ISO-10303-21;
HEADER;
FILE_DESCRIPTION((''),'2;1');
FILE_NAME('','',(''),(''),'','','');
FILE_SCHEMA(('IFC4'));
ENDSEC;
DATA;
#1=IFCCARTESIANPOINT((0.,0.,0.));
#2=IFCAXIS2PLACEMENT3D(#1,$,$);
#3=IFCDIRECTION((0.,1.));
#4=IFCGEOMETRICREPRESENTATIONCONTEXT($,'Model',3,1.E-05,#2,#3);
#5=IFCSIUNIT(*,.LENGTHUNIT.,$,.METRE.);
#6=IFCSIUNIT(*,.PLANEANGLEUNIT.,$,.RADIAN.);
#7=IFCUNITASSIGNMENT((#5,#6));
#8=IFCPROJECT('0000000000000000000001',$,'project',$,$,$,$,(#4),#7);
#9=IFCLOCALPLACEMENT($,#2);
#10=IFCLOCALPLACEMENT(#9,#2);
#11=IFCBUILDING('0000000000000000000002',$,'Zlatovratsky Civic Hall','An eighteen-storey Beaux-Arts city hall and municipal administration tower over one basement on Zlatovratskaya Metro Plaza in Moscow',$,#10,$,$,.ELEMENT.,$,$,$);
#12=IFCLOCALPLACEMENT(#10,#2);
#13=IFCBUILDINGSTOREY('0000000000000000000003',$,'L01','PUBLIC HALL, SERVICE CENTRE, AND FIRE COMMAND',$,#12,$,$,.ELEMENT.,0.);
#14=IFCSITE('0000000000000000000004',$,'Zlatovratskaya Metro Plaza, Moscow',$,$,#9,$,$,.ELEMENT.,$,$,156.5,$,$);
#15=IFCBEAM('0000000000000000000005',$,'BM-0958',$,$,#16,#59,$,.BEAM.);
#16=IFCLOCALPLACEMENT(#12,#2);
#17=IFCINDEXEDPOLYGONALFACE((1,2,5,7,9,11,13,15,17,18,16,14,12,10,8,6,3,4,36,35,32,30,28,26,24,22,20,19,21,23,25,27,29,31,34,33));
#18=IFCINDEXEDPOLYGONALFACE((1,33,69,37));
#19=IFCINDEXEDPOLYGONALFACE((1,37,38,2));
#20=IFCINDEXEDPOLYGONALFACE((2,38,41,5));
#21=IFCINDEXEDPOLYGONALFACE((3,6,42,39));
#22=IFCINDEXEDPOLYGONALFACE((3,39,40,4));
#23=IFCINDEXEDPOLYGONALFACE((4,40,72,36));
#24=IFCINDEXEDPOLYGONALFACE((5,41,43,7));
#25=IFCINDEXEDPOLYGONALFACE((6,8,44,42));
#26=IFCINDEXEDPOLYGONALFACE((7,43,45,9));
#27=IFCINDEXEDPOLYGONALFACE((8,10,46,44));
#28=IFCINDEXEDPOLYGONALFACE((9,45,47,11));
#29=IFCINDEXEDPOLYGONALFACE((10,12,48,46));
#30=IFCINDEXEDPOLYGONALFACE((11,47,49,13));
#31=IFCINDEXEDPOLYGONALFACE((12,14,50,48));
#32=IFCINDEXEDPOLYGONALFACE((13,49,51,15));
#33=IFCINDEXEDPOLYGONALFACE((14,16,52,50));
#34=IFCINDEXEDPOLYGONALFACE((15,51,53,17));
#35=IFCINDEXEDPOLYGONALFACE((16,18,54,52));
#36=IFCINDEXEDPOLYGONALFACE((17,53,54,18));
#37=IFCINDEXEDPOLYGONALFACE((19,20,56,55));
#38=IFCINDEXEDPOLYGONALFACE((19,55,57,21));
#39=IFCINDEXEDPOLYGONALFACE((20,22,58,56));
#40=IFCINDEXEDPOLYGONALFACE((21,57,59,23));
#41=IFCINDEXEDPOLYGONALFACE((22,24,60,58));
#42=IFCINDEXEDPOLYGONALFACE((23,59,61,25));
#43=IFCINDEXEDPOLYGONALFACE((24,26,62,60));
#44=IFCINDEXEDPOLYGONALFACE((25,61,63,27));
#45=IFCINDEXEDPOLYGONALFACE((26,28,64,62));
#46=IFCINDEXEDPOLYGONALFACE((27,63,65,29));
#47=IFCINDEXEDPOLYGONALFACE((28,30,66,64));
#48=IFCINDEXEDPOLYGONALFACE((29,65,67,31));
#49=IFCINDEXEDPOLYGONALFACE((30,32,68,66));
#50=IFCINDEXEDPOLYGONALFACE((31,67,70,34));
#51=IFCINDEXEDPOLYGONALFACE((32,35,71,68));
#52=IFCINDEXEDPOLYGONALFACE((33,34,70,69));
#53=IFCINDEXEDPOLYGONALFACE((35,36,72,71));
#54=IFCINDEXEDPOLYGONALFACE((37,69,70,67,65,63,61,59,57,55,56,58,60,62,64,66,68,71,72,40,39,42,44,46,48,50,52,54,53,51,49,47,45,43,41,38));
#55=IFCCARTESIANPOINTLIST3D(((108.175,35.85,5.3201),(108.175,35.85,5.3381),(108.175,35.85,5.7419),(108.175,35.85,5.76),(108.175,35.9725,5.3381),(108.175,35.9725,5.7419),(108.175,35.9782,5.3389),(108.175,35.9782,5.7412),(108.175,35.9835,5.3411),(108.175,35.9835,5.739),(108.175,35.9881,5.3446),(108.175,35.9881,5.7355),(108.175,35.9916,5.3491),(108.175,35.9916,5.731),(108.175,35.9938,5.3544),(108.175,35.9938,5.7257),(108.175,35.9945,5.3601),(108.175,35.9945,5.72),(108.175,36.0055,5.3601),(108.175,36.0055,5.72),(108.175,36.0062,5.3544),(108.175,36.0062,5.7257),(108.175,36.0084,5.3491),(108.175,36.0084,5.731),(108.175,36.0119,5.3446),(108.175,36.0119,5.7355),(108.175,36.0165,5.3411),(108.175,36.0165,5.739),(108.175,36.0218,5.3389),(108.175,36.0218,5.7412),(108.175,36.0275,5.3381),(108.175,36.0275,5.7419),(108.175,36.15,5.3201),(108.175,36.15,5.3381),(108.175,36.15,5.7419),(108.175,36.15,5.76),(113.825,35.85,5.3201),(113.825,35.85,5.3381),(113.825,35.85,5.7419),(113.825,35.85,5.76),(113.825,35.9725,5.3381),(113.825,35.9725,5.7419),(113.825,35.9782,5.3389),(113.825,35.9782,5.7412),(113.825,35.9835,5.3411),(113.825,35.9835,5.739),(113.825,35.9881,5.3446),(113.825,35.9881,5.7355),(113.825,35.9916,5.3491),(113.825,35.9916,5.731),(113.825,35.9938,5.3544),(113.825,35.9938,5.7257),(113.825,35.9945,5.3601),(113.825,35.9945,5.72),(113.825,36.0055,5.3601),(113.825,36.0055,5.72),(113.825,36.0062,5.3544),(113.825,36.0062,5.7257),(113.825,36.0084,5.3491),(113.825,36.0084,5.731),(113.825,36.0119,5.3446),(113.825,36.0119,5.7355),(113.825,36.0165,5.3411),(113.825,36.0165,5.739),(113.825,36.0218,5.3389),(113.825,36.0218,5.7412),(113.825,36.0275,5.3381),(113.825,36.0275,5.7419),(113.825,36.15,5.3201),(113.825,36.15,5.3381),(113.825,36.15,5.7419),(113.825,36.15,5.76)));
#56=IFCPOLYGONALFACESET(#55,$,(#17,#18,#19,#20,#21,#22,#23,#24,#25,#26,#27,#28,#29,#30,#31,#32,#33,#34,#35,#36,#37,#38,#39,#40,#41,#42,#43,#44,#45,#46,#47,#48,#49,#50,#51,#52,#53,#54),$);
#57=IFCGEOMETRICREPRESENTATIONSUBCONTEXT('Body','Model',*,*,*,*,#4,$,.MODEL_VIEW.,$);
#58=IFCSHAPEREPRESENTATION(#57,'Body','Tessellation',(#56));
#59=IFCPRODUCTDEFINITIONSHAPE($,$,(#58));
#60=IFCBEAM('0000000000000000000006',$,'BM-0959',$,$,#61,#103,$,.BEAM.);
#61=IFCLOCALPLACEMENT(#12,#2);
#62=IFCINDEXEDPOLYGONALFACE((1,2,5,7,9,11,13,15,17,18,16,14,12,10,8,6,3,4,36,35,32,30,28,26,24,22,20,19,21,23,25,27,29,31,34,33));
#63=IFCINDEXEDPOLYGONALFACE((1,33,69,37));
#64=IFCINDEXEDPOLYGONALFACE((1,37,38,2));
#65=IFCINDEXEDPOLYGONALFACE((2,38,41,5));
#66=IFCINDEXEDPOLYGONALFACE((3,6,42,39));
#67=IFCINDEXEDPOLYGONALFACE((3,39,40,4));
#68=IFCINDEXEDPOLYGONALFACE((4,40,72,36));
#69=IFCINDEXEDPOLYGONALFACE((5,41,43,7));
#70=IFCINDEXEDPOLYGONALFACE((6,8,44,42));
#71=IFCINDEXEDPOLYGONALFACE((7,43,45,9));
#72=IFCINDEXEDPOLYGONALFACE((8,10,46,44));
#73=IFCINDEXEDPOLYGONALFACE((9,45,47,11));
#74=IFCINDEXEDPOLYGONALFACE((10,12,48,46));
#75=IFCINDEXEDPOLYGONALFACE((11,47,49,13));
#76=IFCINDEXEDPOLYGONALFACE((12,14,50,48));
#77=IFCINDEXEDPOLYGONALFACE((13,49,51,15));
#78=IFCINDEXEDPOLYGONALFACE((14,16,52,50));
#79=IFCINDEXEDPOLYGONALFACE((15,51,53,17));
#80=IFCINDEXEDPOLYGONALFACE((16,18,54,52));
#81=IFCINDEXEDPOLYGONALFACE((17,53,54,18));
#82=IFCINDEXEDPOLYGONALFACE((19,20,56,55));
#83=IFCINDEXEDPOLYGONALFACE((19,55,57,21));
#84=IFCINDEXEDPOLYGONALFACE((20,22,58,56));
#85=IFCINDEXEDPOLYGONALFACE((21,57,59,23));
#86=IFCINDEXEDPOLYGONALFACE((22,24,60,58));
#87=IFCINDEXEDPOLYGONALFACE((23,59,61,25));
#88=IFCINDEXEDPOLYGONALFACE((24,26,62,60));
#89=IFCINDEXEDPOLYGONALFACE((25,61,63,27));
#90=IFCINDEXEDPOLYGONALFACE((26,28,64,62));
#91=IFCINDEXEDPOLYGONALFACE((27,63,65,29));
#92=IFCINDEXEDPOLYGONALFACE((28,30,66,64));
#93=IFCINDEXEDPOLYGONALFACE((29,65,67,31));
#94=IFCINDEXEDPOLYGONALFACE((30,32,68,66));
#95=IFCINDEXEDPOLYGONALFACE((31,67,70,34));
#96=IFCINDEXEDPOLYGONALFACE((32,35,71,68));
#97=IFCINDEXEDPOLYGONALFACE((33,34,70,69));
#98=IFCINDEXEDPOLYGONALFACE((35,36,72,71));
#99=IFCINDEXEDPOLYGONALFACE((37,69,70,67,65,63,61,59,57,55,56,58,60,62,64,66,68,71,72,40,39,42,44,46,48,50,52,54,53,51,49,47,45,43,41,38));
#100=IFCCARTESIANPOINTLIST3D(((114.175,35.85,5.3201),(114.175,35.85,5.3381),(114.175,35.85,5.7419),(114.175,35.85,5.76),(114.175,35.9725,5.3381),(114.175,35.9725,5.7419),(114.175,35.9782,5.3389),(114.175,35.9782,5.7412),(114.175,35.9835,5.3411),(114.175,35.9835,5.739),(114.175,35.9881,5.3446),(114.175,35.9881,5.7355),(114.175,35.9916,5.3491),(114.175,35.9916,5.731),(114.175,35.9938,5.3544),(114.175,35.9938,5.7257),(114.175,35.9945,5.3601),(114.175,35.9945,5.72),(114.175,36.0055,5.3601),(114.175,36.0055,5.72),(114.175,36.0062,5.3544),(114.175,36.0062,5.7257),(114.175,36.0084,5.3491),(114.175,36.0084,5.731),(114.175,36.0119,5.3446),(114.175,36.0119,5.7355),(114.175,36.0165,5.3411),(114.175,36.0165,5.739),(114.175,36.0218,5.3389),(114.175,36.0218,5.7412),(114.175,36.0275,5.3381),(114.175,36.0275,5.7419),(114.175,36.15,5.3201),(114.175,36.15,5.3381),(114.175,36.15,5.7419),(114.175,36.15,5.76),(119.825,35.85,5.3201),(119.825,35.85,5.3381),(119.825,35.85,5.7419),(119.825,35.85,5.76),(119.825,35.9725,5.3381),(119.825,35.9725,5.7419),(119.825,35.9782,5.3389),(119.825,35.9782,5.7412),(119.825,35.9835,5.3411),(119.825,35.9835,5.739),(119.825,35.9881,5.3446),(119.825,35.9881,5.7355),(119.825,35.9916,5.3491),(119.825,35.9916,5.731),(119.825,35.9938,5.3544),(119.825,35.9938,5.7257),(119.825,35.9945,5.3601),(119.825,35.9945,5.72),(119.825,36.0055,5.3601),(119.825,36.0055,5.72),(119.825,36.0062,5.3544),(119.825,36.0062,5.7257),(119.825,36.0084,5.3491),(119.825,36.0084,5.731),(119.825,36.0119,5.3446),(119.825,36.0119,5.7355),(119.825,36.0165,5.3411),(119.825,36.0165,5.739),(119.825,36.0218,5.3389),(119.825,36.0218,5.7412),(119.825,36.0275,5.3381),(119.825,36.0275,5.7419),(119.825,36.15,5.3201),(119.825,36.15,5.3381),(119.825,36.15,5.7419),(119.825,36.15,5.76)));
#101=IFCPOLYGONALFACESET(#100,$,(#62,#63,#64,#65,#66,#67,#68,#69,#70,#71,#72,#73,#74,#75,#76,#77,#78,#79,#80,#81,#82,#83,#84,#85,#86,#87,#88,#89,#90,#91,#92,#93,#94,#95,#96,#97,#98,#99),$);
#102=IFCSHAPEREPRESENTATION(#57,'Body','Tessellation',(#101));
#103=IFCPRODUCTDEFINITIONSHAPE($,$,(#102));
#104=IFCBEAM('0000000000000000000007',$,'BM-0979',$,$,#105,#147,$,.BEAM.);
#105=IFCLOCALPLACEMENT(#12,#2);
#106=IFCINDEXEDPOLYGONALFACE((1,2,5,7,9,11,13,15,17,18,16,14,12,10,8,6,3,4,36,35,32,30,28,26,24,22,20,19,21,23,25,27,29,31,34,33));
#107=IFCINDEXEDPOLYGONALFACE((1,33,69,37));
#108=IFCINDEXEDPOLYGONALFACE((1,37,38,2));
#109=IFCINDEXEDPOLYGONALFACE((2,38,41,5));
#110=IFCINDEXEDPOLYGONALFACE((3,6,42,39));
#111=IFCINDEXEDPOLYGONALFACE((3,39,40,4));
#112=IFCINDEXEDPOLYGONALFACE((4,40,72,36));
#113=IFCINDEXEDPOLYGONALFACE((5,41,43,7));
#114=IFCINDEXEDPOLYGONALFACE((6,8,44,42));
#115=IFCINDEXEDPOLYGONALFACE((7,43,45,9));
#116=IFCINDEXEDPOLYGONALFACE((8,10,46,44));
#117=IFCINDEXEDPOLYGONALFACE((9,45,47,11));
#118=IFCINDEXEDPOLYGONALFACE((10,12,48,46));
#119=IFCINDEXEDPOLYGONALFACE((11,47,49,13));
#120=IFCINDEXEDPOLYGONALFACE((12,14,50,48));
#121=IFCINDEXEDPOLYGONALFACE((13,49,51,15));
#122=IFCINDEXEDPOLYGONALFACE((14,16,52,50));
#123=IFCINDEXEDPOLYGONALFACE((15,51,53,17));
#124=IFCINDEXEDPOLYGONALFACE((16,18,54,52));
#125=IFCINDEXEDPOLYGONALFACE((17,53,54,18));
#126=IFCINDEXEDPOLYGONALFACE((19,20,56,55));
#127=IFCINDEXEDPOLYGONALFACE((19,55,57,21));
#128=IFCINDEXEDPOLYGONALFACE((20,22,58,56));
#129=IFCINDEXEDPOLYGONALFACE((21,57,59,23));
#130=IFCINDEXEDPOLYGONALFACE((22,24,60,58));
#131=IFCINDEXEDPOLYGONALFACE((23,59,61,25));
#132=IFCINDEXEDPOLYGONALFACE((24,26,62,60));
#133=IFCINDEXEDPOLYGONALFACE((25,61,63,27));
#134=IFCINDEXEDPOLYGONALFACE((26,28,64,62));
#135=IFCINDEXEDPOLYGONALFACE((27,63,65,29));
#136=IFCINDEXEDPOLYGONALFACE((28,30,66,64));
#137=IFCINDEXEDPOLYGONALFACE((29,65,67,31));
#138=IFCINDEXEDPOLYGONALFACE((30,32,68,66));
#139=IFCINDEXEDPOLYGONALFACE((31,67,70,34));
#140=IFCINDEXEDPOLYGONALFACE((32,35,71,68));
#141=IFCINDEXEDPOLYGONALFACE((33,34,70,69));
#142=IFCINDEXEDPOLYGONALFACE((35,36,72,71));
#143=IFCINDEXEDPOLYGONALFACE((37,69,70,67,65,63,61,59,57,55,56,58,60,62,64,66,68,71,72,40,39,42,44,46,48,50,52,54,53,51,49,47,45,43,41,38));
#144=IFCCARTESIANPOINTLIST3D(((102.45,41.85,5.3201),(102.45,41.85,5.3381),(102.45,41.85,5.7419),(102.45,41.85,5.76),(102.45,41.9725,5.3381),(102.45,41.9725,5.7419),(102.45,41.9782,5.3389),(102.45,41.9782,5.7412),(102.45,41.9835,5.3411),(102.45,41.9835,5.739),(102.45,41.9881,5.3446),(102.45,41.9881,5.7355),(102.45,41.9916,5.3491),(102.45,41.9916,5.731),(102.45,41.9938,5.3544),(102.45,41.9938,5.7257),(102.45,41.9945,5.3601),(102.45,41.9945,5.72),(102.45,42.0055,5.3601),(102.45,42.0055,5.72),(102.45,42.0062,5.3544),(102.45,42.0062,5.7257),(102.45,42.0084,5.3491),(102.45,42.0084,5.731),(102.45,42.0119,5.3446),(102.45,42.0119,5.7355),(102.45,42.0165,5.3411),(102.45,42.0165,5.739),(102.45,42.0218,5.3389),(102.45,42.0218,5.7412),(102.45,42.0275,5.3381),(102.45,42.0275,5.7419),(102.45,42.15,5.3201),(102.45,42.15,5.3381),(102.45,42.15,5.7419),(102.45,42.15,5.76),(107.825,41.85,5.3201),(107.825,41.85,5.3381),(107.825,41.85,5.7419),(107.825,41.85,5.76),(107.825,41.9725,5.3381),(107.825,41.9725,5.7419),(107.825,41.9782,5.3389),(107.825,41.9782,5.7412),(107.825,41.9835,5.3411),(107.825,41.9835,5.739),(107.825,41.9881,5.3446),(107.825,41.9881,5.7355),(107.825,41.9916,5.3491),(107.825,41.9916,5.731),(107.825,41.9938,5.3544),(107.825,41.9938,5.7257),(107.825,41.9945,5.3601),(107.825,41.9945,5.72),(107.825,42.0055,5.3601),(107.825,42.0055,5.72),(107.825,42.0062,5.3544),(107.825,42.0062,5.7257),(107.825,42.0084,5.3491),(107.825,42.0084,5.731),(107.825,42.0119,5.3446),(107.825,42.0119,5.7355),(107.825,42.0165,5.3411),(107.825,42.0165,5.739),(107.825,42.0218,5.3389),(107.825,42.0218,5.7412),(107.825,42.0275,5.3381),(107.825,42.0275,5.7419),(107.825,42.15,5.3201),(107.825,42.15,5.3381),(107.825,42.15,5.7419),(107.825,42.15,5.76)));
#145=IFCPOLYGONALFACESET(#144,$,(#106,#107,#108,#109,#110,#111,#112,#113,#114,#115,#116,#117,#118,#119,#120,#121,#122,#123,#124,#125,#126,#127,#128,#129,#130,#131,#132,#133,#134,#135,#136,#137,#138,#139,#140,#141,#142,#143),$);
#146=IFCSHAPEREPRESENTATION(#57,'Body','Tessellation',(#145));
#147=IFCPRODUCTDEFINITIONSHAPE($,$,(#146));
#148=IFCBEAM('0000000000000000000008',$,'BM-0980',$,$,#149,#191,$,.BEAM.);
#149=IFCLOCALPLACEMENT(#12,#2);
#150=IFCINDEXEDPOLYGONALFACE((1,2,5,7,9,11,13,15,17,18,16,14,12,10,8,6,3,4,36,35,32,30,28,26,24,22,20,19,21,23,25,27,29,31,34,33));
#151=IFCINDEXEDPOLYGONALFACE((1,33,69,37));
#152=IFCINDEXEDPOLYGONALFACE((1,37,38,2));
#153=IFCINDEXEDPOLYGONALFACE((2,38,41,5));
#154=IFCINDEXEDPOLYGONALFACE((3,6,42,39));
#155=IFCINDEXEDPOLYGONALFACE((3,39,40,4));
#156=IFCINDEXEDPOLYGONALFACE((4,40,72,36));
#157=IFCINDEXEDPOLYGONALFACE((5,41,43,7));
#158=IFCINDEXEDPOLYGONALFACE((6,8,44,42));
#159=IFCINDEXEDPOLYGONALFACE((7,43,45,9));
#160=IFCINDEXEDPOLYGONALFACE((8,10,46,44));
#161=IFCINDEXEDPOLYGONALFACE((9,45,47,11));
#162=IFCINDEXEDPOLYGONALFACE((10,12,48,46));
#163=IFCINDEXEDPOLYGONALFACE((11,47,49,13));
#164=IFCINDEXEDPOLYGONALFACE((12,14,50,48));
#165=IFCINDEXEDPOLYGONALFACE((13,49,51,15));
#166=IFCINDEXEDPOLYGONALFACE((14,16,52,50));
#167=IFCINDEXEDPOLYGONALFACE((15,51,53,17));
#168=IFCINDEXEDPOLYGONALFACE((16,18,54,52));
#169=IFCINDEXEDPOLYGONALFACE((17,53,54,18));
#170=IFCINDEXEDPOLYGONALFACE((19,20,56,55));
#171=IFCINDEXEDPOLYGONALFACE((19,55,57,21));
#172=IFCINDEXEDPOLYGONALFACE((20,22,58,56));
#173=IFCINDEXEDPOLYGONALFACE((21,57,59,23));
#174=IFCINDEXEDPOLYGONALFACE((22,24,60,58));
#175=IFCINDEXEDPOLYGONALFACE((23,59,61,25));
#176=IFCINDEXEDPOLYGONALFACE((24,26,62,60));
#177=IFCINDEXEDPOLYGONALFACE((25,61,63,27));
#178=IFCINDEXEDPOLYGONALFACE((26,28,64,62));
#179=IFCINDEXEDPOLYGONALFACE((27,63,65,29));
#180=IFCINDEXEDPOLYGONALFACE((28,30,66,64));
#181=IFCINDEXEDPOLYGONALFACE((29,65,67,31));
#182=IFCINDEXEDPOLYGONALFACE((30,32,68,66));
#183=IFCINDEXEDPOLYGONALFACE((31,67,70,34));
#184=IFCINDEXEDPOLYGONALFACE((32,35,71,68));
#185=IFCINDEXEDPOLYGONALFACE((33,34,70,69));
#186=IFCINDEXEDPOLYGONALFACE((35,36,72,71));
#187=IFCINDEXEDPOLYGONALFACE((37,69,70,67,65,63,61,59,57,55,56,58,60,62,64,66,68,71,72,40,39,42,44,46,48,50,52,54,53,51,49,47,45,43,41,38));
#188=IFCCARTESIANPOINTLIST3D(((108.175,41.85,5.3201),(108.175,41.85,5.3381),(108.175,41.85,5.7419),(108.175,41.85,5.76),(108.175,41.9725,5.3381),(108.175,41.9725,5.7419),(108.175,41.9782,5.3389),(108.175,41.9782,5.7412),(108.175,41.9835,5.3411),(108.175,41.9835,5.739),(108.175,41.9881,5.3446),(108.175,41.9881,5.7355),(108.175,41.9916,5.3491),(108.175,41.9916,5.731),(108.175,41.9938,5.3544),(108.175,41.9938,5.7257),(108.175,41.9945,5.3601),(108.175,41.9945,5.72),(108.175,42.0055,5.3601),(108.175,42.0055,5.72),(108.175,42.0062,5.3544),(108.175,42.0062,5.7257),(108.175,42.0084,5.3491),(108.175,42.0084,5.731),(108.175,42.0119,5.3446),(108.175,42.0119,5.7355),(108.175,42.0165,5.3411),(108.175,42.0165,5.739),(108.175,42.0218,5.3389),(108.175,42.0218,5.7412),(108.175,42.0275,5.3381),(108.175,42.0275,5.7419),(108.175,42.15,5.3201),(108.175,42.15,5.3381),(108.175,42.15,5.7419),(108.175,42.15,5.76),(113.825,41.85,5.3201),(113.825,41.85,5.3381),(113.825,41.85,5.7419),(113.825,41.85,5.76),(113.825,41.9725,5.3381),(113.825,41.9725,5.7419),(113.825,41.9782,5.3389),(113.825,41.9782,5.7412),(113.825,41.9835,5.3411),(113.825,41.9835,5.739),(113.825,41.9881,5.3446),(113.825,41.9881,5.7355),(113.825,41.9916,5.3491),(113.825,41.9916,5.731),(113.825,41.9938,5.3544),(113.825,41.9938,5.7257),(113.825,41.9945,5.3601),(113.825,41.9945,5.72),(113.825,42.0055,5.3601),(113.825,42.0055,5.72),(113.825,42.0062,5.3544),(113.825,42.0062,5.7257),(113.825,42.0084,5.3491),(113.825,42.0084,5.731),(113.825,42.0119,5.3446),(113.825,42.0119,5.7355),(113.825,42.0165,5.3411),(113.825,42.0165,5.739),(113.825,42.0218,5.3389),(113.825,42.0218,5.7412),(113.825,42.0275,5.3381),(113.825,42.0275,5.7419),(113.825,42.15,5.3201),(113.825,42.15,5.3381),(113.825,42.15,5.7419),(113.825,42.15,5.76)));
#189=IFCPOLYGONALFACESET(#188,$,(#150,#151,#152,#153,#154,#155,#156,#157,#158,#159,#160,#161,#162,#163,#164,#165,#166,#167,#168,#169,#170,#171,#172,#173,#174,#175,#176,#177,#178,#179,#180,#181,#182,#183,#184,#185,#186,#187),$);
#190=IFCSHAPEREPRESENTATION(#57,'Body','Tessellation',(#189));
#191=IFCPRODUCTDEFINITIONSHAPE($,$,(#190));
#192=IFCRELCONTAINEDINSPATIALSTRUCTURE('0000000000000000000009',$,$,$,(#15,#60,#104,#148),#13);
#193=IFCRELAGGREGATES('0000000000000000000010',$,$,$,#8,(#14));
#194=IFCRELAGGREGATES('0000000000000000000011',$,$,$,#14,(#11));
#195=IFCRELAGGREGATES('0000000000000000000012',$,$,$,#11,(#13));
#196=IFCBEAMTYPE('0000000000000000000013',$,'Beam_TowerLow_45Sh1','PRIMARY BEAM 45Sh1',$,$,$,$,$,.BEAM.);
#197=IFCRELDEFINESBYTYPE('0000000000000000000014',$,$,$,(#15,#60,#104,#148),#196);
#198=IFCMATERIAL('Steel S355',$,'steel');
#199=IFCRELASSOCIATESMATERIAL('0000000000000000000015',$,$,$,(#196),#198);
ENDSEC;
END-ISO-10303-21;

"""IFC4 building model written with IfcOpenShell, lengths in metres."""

from ifc_helpers import new_model, si_unit, direction, frame, origin, origin_2d, place, context, subcontext, project, spatial, i_section, extrude, material, material_profile, profile_set, type_object, element, save


model = new_model("IFC4")

# Units and contexts
model_context = context("Model", 3, precision=1e-05, world=origin(), true_north=direction((0.0, 1.0)))
body_context = subcontext(model_context, "Body", "Model", "MODEL_VIEW")
ifc_project = project(units=[si_unit("LENGTHUNIT", "METRE"), si_unit("PLANEANGLEUNIT", "RADIAN")], contexts=[model_context])

# Site, building, storey
site_placement = place(None, origin())
site = spatial("IfcSite", under=ifc_project, at=site_placement, Name="Zlatovratskaya Metro Plaza, Moscow", CompositionType="ELEMENT", RefElevation=156.5)
building_placement = place(site_placement, origin())
building = spatial("IfcBuilding", under=site, at=building_placement, Name="Zlatovratsky Civic Hall", Description="An eighteen-storey Beaux-Arts city hall and municipal administration tower over one basement on Zlatovratskaya Metro Plaza in Moscow", CompositionType="ELEMENT")
storey_placement = place(building_placement, origin())
storey = spatial("IfcBuildingStorey", under=building, at=storey_placement, Name="L01", Description="PUBLIC HALL, SERVICE CENTRE, AND FIRE COMMAND", CompositionType="ELEMENT", Elevation=0.0)

# Shared definitions
ifc_material_1 = material(Name="Steel S355", Category="steel")

# Beams
ifc_material_profile_1 = material_profile(ifc_material_1, i_section(OverallWidth=0.3, OverallDepth=0.4399, WebThickness=0.011, FlangeThickness=0.0181, FilletRadius=0.022, at=origin_2d()), Name="45Sh1")
ifc_profile_set_1 = profile_set([ifc_material_profile_1], Name="Steel S355")
beam_type = type_object("IfcBeamType", Name="Beam_TowerLow_45Sh1", Description="PRIMARY BEAM 45Sh1", PredefinedType="BEAM", material=ifc_profile_set_1)
for number, where, z_axis, x_axis, name in (
    (1, (108.175, 36.0, 5.54), (1.0, 0.0, 0.0), (0.0, 1.0, 0.0), "BM-0958"),
    (2, (114.175, 36.0, 5.54), (1.0, 0.0, 0.0), (0.0, 1.0, 0.0), "BM-0959"),
):
    element("IfcBeam", number, at=place(storey_placement, frame(where, z_axis=z_axis, x_axis=x_axis)), inside=storey, type_object=beam_type, Name=name, PredefinedType="BEAM", context=body_context, shape_type="SweptSolid", body=[
        extrude(i_section(OverallWidth=0.3, OverallDepth=0.4399, WebThickness=0.011, FlangeThickness=0.0181, FilletRadius=0.022, at=origin_2d()), origin(), (0.0, 0.0, 1.0), 5.6499),
    ])
beam_1_placement = place(storey_placement, frame((102.45, 42.0, 5.54), z_axis=(1.0, 0.0, 0.0), x_axis=(0.0, 1.0, 0.0)))
element("IfcBeam", 3, at=beam_1_placement, inside=storey, type_object=beam_type, Name="BM-0979", PredefinedType="BEAM", context=body_context, shape_type="SweptSolid", body=[
    extrude(i_section(OverallWidth=0.3, OverallDepth=0.4399, WebThickness=0.011, FlangeThickness=0.0181, FilletRadius=0.022, at=origin_2d()), origin(), (0.0, 0.0, 1.0), 5.375),
])
for number, where, z_axis, x_axis, name in (
    (4, (108.175, 42.0, 5.54), (1.0, 0.0, 0.0), (0.0, 1.0, 0.0), "BM-0980"),
):
    element("IfcBeam", number, at=place(storey_placement, frame(where, z_axis=z_axis, x_axis=x_axis)), inside=storey, type_object=beam_type, Name=name, PredefinedType="BEAM", context=body_context, shape_type="SweptSolid", body=[
        extrude(i_section(OverallWidth=0.3, OverallDepth=0.4399, WebThickness=0.011, FlangeThickness=0.0181, FilletRadius=0.022, at=origin_2d()), origin(), (0.0, 0.0, 1.0), 5.6499),
    ])

save(model, "model.ifc")
